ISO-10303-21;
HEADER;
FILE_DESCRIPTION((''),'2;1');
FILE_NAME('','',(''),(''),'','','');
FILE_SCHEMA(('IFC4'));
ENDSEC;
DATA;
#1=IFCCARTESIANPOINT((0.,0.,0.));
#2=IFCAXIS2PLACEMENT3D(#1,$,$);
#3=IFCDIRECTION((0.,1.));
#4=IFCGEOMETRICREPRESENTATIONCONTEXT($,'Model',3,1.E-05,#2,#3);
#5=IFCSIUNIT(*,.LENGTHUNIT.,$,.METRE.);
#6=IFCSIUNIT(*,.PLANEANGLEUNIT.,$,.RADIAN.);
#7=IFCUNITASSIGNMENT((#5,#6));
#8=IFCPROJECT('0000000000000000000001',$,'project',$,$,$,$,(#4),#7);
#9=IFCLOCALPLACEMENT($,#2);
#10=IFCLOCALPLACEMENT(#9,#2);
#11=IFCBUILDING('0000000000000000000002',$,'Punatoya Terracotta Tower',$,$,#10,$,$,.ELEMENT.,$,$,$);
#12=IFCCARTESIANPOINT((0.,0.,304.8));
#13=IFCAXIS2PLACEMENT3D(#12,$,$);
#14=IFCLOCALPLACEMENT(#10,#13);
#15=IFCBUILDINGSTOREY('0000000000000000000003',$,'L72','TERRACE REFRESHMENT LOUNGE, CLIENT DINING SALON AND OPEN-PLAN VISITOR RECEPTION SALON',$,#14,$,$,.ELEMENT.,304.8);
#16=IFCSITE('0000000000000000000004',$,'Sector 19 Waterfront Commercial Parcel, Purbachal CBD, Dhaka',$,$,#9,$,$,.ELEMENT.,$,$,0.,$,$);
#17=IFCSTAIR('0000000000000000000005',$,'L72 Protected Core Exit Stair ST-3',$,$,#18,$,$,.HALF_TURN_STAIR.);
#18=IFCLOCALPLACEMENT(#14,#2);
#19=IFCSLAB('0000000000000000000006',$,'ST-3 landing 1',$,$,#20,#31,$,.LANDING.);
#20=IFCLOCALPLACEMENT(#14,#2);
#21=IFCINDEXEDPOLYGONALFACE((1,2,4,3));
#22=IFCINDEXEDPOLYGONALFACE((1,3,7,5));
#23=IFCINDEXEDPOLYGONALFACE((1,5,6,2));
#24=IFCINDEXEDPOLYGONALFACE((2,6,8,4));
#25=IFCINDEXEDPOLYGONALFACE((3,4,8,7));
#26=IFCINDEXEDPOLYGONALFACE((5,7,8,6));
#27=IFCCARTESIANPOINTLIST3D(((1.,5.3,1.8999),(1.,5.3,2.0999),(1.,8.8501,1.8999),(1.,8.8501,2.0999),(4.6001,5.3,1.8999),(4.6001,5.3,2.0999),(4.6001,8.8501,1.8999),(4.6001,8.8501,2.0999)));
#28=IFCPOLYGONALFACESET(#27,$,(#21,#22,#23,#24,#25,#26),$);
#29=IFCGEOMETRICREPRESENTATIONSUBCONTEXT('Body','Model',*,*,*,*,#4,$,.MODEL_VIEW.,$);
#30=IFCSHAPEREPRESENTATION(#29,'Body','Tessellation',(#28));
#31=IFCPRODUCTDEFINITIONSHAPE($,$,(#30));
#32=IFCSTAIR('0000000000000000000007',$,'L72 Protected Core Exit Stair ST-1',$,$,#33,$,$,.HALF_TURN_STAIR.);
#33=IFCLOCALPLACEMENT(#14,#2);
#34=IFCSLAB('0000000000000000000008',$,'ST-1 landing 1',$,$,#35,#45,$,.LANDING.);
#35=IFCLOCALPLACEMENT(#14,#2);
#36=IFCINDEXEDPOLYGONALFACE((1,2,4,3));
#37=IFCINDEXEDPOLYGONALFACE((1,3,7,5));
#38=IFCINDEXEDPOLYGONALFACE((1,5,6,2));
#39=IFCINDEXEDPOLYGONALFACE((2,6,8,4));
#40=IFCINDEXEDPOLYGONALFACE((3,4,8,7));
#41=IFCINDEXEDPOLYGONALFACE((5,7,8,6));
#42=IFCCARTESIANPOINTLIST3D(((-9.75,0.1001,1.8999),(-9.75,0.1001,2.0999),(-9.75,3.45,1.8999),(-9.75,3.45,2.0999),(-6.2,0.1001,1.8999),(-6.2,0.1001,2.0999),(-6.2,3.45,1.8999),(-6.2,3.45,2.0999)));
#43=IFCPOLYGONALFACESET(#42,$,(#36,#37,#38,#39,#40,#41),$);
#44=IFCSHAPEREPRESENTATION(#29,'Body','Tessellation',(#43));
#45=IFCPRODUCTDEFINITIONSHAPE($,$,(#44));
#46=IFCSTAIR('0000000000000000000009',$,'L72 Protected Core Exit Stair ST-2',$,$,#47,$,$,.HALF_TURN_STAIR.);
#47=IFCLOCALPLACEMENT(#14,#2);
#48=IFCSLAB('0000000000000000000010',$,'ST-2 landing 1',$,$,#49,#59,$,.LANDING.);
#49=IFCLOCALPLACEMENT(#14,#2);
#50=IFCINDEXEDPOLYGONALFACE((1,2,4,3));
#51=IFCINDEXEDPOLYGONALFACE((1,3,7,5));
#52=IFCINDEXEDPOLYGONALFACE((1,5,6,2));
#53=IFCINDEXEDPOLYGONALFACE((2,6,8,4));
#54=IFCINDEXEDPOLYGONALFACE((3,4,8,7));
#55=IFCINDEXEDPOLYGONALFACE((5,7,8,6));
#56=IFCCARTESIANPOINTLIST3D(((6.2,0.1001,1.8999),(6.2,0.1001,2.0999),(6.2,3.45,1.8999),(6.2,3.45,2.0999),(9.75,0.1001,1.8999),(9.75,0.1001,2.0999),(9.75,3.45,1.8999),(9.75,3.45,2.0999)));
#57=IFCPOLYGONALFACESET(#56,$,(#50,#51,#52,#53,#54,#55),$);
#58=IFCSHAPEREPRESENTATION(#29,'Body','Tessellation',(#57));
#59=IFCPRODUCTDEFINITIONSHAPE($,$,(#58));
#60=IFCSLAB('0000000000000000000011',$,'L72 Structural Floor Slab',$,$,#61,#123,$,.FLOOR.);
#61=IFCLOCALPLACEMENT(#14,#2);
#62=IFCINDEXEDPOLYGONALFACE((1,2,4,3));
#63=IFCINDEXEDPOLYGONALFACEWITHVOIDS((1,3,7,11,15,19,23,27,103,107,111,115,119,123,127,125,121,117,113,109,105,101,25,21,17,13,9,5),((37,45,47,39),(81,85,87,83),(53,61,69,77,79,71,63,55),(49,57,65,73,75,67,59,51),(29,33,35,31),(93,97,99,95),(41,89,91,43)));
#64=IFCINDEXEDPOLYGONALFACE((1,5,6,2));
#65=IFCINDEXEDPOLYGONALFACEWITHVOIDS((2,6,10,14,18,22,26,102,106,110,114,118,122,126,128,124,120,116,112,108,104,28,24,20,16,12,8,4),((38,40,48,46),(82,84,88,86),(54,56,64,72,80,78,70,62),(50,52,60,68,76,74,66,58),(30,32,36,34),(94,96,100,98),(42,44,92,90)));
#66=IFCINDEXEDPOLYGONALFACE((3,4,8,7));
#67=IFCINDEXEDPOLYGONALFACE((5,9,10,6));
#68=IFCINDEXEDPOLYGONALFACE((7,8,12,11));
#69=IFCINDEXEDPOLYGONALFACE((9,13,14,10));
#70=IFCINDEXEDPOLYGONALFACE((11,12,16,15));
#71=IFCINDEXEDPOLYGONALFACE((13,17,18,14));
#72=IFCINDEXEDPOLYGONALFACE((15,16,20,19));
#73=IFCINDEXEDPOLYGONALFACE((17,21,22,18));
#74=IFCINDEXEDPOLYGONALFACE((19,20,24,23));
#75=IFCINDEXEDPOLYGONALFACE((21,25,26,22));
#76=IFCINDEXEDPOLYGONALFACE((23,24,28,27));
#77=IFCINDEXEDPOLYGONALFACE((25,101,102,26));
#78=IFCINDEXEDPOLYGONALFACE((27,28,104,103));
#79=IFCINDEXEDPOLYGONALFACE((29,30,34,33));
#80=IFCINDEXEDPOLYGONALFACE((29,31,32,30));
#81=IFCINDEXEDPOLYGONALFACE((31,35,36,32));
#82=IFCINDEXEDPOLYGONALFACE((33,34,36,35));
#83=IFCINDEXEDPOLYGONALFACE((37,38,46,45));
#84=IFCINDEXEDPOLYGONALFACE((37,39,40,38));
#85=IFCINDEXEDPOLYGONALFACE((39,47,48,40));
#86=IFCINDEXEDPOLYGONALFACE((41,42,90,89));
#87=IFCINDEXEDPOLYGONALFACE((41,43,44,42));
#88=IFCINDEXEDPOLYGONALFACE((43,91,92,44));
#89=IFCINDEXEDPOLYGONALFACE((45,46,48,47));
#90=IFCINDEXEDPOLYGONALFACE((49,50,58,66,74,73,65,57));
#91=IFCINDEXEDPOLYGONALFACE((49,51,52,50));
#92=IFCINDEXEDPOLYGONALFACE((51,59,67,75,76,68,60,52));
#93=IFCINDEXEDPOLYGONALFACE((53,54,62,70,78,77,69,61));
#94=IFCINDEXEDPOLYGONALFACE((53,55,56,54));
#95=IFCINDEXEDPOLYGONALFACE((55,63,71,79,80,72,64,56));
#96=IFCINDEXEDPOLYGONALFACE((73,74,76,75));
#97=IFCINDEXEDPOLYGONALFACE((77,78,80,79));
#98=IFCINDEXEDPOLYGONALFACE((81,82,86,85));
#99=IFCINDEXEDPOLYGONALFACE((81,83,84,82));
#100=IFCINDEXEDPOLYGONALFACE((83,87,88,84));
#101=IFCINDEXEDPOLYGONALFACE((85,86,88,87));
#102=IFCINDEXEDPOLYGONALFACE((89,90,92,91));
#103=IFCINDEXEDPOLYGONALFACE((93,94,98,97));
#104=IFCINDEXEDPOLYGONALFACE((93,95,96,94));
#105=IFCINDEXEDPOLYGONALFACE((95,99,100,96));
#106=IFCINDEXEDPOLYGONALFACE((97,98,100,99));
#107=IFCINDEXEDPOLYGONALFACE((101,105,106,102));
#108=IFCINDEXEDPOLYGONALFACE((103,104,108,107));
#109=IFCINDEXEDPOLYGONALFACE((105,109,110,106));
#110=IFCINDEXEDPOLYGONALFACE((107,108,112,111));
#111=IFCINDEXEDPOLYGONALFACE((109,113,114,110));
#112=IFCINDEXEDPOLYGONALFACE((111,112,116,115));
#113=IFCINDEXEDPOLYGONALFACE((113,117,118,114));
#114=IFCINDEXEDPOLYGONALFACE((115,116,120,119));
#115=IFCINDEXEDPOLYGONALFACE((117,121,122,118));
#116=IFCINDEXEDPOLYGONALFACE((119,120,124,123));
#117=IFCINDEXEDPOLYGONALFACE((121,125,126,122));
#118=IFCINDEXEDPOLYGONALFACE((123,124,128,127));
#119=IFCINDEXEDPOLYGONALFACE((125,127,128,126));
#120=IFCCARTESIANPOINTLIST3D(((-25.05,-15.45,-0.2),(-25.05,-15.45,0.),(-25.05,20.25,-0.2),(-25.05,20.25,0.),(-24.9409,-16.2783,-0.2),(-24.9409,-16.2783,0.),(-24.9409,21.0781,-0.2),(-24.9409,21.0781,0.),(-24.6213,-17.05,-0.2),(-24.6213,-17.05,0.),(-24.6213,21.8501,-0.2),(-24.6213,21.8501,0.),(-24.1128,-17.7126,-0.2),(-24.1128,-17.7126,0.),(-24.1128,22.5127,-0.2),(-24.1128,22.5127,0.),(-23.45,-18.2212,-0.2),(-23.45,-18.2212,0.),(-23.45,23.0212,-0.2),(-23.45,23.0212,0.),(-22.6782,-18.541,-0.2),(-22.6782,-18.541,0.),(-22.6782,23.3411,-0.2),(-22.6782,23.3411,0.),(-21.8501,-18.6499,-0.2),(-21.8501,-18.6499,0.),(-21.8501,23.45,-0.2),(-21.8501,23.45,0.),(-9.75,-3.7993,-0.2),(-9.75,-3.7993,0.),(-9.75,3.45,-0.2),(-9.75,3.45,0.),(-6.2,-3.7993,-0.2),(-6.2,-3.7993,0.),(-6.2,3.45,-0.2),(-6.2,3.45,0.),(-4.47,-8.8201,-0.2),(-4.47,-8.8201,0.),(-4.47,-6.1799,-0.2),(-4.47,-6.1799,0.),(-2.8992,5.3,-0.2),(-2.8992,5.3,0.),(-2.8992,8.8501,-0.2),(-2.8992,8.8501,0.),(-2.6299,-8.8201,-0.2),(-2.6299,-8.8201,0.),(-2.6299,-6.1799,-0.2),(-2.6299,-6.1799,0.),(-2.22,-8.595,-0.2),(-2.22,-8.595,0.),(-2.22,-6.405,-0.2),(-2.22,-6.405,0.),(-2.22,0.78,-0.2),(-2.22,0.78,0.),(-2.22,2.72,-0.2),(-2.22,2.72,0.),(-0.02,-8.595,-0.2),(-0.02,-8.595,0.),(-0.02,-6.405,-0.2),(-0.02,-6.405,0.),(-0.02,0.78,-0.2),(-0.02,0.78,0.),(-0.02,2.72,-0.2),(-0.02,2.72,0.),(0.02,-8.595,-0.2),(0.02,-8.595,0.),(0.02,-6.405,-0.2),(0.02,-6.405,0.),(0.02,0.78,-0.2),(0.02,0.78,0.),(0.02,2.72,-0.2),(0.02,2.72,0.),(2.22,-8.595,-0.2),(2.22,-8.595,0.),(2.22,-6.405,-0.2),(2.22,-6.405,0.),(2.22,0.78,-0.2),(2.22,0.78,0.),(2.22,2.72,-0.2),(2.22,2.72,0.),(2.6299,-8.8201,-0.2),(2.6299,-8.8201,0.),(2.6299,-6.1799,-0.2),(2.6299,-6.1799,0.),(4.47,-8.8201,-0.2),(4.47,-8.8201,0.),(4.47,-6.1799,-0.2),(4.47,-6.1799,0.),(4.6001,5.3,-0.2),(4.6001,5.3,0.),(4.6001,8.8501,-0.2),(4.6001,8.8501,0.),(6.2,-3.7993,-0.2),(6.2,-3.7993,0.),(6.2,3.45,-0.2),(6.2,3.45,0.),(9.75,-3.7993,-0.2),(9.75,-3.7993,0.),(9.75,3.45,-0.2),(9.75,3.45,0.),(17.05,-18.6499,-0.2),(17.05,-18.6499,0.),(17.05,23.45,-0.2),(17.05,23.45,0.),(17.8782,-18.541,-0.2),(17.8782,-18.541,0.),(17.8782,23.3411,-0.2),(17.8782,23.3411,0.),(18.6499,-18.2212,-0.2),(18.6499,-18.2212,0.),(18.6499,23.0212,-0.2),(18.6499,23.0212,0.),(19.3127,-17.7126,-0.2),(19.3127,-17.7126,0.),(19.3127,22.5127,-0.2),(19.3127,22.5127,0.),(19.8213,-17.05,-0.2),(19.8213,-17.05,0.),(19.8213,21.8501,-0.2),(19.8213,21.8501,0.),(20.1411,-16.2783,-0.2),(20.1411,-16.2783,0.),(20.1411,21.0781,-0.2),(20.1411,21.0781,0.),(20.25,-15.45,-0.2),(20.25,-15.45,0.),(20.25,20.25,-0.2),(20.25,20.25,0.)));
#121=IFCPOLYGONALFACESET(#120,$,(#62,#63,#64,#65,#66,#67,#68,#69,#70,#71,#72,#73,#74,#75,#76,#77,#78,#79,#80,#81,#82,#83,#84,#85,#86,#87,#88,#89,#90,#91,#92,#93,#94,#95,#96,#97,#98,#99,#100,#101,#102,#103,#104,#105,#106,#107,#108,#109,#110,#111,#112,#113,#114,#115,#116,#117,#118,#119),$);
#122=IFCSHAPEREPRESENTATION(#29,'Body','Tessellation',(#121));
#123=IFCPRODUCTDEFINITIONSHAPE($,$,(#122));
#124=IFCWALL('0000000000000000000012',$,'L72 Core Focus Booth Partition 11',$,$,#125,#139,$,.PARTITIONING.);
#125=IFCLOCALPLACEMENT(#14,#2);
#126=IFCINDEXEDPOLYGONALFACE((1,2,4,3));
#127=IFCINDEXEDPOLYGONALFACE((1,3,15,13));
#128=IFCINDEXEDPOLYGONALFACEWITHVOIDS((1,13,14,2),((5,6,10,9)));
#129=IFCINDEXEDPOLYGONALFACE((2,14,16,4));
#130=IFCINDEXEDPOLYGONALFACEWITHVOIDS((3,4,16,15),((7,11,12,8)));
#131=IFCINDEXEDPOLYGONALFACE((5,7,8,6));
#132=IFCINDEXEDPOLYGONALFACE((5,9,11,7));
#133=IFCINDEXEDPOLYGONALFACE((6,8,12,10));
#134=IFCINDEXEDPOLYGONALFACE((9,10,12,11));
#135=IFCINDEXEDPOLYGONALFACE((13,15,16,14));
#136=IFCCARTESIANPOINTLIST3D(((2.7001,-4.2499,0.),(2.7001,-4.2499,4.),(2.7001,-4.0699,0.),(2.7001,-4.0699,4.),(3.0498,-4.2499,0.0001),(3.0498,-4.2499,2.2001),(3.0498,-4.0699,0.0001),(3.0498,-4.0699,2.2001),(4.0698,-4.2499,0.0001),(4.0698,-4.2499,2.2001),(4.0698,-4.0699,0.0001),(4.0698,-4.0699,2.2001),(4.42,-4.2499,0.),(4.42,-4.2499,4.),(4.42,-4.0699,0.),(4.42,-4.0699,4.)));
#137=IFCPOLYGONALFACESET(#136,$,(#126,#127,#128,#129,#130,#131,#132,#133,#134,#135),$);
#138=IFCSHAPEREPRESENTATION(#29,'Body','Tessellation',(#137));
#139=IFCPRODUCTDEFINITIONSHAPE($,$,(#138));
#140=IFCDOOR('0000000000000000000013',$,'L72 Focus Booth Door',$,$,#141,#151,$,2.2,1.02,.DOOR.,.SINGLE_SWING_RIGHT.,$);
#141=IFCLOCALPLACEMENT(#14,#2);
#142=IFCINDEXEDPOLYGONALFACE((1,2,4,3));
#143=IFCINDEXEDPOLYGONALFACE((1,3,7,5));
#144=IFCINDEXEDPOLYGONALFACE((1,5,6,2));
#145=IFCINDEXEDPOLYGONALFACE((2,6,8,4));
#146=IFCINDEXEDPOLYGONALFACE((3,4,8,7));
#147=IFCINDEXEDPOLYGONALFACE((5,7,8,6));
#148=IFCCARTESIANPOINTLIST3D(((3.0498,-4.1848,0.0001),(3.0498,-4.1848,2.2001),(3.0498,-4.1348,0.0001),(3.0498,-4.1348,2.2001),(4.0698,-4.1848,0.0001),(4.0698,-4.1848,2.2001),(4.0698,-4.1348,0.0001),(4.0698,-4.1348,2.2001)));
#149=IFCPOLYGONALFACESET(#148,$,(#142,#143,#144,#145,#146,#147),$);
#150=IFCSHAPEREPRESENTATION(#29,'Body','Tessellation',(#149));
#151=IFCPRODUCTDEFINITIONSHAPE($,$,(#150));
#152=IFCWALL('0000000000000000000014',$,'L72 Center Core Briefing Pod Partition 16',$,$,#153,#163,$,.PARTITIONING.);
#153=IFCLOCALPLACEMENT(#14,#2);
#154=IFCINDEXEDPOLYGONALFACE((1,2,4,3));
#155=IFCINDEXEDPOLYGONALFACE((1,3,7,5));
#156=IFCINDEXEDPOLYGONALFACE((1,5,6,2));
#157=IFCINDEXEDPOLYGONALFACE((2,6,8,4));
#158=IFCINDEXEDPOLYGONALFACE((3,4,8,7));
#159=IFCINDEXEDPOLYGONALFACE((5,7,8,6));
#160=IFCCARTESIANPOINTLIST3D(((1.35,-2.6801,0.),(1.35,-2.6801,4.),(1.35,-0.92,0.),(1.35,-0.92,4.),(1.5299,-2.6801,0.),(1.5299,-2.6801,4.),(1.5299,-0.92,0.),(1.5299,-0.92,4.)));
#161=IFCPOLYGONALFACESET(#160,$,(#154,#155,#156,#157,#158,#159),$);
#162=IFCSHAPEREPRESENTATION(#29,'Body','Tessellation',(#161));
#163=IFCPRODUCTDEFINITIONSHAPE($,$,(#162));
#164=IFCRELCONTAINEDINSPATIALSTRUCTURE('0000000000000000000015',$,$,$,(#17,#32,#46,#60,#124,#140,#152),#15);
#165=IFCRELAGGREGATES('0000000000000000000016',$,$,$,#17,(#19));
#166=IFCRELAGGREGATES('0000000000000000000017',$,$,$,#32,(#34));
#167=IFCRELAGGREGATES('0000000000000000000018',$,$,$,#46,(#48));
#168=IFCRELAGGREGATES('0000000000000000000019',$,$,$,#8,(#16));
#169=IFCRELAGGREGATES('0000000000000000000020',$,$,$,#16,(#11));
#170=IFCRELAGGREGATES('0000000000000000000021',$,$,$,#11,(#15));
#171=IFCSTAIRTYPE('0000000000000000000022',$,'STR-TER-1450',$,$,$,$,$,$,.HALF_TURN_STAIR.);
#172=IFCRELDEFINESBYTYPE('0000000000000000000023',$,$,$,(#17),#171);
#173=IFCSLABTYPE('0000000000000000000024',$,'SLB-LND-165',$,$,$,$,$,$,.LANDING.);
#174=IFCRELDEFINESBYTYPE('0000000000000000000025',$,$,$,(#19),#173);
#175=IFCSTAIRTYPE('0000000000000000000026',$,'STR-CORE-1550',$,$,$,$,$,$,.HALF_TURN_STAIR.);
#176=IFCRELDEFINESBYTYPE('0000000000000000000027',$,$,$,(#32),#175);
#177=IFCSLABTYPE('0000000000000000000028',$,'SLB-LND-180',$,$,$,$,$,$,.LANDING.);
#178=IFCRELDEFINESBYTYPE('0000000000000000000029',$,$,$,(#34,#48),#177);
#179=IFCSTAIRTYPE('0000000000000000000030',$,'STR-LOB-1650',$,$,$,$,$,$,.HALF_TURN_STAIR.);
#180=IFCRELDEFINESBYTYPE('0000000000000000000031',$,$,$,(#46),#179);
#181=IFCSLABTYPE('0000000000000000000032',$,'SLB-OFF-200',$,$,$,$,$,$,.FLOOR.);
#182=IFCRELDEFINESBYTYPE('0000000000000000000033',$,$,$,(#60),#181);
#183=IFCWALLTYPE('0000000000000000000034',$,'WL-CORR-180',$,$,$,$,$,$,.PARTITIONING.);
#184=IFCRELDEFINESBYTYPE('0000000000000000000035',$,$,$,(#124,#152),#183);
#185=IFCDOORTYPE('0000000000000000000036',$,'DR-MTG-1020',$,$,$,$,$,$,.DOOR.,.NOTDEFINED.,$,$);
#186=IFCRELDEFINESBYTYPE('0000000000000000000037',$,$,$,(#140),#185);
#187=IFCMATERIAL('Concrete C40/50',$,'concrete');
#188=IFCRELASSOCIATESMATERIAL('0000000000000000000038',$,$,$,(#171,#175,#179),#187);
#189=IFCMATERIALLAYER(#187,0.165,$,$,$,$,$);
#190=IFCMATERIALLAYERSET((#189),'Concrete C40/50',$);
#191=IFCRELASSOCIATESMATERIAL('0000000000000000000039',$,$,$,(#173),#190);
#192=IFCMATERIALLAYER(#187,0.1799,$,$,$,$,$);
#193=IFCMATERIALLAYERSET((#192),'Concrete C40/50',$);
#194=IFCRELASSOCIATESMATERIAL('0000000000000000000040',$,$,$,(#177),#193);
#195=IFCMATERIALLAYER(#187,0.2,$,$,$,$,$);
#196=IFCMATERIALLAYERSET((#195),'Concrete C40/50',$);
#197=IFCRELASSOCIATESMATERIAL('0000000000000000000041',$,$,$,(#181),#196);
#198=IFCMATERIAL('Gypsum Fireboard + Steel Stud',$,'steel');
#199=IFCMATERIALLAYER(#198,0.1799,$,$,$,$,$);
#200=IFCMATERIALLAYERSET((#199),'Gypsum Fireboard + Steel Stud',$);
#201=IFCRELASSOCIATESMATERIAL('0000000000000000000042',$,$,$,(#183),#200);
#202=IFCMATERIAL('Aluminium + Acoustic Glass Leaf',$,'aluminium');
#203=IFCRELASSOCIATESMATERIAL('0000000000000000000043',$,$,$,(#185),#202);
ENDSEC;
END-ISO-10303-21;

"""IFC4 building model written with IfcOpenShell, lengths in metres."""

from ifc_helpers import new_model, si_unit, direction, frame, frame_2d, origin, place, context, subcontext, project, spatial, polyline, rectangle, outline, extrude, material, layer, layer_set, type_object, element, fill, aggregate, save


model = new_model("IFC4")

# Units and contexts
model_context = context("Model", 3, precision=1e-05, world=origin(), true_north=direction((0.0, 1.0)))
body_context = subcontext(model_context, "Body", "Model", "MODEL_VIEW")
ifc_project = project(units=[si_unit("LENGTHUNIT", "METRE"), si_unit("PLANEANGLEUNIT", "RADIAN")], contexts=[model_context])

# Site, building, storey
site_placement = place(None, origin())
site = spatial("IfcSite", under=ifc_project, at=site_placement, Name="Sector 19 Waterfront Commercial Parcel, Purbachal CBD, Dhaka", CompositionType="ELEMENT", RefElevation=0.0)
building_placement = place(site_placement, origin())
building = spatial("IfcBuilding", under=site, at=building_placement, Name="Punatoya Terracotta Tower", CompositionType="ELEMENT")
storey_placement = place(building_placement, frame((0.0, 0.0, 304.8)))
storey = spatial("IfcBuildingStorey", under=building, at=storey_placement, Name="L72", Description="TERRACE REFRESHMENT LOUNGE, CLIENT DINING SALON AND OPEN-PLAN VISITOR RECEPTION SALON", CompositionType="ELEMENT", Elevation=304.8)

# Stairs, slabs
ifc_material_1 = material(Name="Concrete C40/50", Category="concrete")
stair_type_1 = type_object("IfcStairType", Name="STR-TER-1450", PredefinedType="HALF_TURN_STAIR", material=ifc_material_1)
stair_1_placement = place(storey_placement, origin())
stair_1 = element("IfcStair", 1, at=stair_1_placement, inside=storey, type_object=stair_type_1, Name="L72 Protected Core Exit Stair ST-3", PredefinedType="HALF_TURN_STAIR")
ifc_layer_1 = layer(ifc_material_1, 0.165)
ifc_layer_set_1 = layer_set([ifc_layer_1], Name="Concrete C40/50")
slab_type_1 = type_object("IfcSlabType", Name="SLB-LND-165", PredefinedType="LANDING", material=ifc_layer_set_1)
slab_1_placement = place(storey_placement, frame((0.0, 0.0, 1.8999)))
slab_1 = element("IfcSlab", 2, at=slab_1_placement, type_object=slab_type_1, Name="ST-3 landing 1", PredefinedType="LANDING", context=body_context, shape_type="SweptSolid", body=[
    extrude(outline(polyline([(1.0, 5.3), (4.6001, 5.3), (4.6001, 8.8501), (1.0, 8.8501), (1.0, 5.3)])), origin(), (0.0, 0.0, 1.0), 0.2),
])
aggregate(stair_1, [slab_1])
stair_type_2 = type_object("IfcStairType", Name="STR-CORE-1550", PredefinedType="HALF_TURN_STAIR", material=ifc_material_1)
stair_2_placement = place(storey_placement, origin())
stair_2 = element("IfcStair", 3, at=stair_2_placement, inside=storey, type_object=stair_type_2, Name="L72 Protected Core Exit Stair ST-1", PredefinedType="HALF_TURN_STAIR")
ifc_layer_2 = layer(ifc_material_1, 0.1799)
ifc_layer_set_2 = layer_set([ifc_layer_2], Name="Concrete C40/50")
slab_type_2 = type_object("IfcSlabType", Name="SLB-LND-180", PredefinedType="LANDING", material=ifc_layer_set_2)
slab_2_placement = place(storey_placement, frame((0.0, 0.0, 1.8999)))
slab_2 = element("IfcSlab", 4, at=slab_2_placement, type_object=slab_type_2, Name="ST-1 landing 1", PredefinedType="LANDING", context=body_context, shape_type="SweptSolid", body=[
    extrude(outline(polyline([(-6.2, 0.1001), (-6.2, 3.45), (-9.75, 3.45), (-9.75, 0.1001), (-6.2, 0.1001)])), origin(), (0.0, 0.0, 1.0), 0.2),
])
aggregate(stair_2, [slab_2])
stair_type_3 = type_object("IfcStairType", Name="STR-LOB-1650", PredefinedType="HALF_TURN_STAIR", material=ifc_material_1)
stair_3_placement = place(storey_placement, origin())
stair_3 = element("IfcStair", 5, at=stair_3_placement, inside=storey, type_object=stair_type_3, Name="L72 Protected Core Exit Stair ST-2", PredefinedType="HALF_TURN_STAIR")
slab_3_placement = place(storey_placement, frame((0.0, 0.0, 1.8999)))
slab_3 = element("IfcSlab", 6, at=slab_3_placement, type_object=slab_type_2, Name="ST-2 landing 1", PredefinedType="LANDING", context=body_context, shape_type="SweptSolid", body=[
    extrude(outline(polyline([(9.75, 0.1001), (9.75, 3.45), (6.2, 3.45), (6.2, 0.1001), (9.75, 0.1001)])), origin(), (0.0, 0.0, 1.0), 0.2),
])

# Slab
ifc_layer_3 = layer(ifc_material_1, 0.2)
ifc_layer_set_3 = layer_set([ifc_layer_3], Name="Concrete C40/50")
slab_type_3 = type_object("IfcSlabType", Name="SLB-OFF-200", PredefinedType="FLOOR", material=ifc_layer_set_3)
slab_4_placement = place(storey_placement, frame((0.0, 0.0, -0.2)))
element("IfcSlab", 7, at=slab_4_placement, inside=storey, type_object=slab_type_3, Name="L72 Structural Floor Slab", PredefinedType="FLOOR", context=body_context, shape_type="SweptSolid", body=[
    extrude(outline(polyline([(-21.8501, -18.6499), (-22.6782, -18.541), (-23.45, -18.2212), (-24.1128, -17.7126), (-24.6213, -17.05), (-24.9409, -16.2783), (-25.05, -15.45), (-25.05, 20.25), (-24.9409, 21.0781), (-24.6213, 21.8501), (-24.1128, 22.5127), (-23.45, 23.0212), (-22.6782, 23.3411), (-21.8501, 23.45), (17.05, 23.45), (17.8782, 23.3411), (18.6499, 23.0212), (19.3127, 22.5127), (19.8213, 21.8501), (20.1411, 21.0781), (20.25, 20.25), (20.25, -15.45), (20.1411, -16.2783), (19.8213, -17.05), (19.3127, -17.7126), (18.6499, -18.2212), (17.8782, -18.541), (17.05, -18.6499), (-21.8501, -18.6499)]), holes=[polyline([(-2.6299, -6.1799), (-4.47, -6.1799), (-4.47, -8.8201), (-2.6299, -8.8201), (-2.6299, -6.1799)]), polyline([(-0.02, -6.405), (-2.22, -6.405), (-2.22, -8.595), (-0.02, -8.595), (0.02, -8.595), (2.22, -8.595), (2.22, -6.405), (0.02, -6.405), (-0.02, -6.405)]), polyline([(4.47, -6.1799), (2.6299, -6.1799), (2.6299, -8.8201), (4.47, -8.8201), (4.47, -6.1799)]), polyline([(-9.75, 3.45), (-9.75, -3.7993), (-6.2, -3.7993), (-6.2, 3.45), (-9.75, 3.45)]), polyline([(6.2, 3.45), (6.2, -3.7993), (9.75, -3.7993), (9.75, 3.45), (6.2, 3.45)]), polyline([(-2.22, 2.72), (-2.22, 0.78), (-0.02, 0.78), (0.02, 0.78), (2.22, 0.78), (2.22, 2.72), (0.02, 2.72), (-0.02, 2.72), (-2.22, 2.72)]), polyline([(4.6001, 5.3), (4.6001, 8.8501), (-2.8992, 8.8501), (-2.8992, 5.3), (4.6001, 5.3)])]), origin(), (0.0, 0.0, 1.0), 0.2),
])

# Wall, opening, door
ifc_material_2 = material(Name="Gypsum Fireboard + Steel Stud", Category="steel")
ifc_layer_4 = layer(ifc_material_2, 0.1799)
ifc_layer_set_4 = layer_set([ifc_layer_4], Name="Gypsum Fireboard + Steel Stud")
wall_type_1 = type_object("IfcWallType", Name="WL-CORR-180", PredefinedType="PARTITIONING", material=ifc_layer_set_4)
wall_1_placement = place(storey_placement, frame((4.4199, -4.1599, 0.0), z_axis=(0.0, 0.0, 1.0), x_axis=(-1.0, 0.0, 0.0)))
wall_1 = element("IfcWall", 8, at=wall_1_placement, inside=storey, type_object=wall_type_1, Name="L72 Core Focus Booth Partition 11", PredefinedType="PARTITIONING", context=body_context, shape_type="SweptSolid", body=[
    extrude(rectangle(XDim=1.72, YDim=0.1799, at=frame_2d((0.8599, 0.0))), origin(), (0.0, 0.0, 1.0), 4.0),
])
opening_1_placement = place(wall_1_placement, frame((0.3501, 0.0, 0.0)))
opening_1 = element("IfcOpeningElement", 9, at=opening_1_placement, cuts=wall_1, PredefinedType="OPENING", context=body_context, shape_type="SweptSolid", body=[
    extrude(rectangle(XDim=1.02, YDim=2.2, at=frame_2d((0.51, 1.1001))), frame((0.0, 0.0999, 0.0), z_axis=(0.0, -1.0, 0.0), x_axis=(1.0, 0.0, 0.0)), (0.0, 0.0, 1.0), 0.2),
])
ifc_material_3 = material(Name="Aluminium + Acoustic Glass Leaf", Category="aluminium")
door_type_1 = type_object("IfcDoorType", Name="DR-MTG-1020", OperationType="NOTDEFINED", PredefinedType="DOOR", material=ifc_material_3)
door_1_placement = place(opening_1_placement, origin())
door_1 = element("IfcDoor", 10, at=door_1_placement, inside=storey, type_object=door_type_1, Name="L72 Focus Booth Door", OperationType="SINGLE_SWING_RIGHT", OverallHeight=2.2, OverallWidth=1.02, PredefinedType="DOOR", context=body_context, shape_type="SweptSolid", body=[
    extrude(rectangle(XDim=1.02, YDim=2.2, at=frame_2d((0.51, 1.1001))), frame((0.0, 0.0249, 0.0), z_axis=(0.0, -1.0, 0.0), x_axis=(1.0, 0.0, 0.0)), (0.0, 0.0, 1.0), 0.05),
])
fill(opening_1, door_1)

# Wall
wall_2_placement = place(storey_placement, frame((1.4399, -2.6799, 0.0), z_axis=(0.0, 0.0, 1.0), x_axis=(0.0, 1.0, 0.0)))
element("IfcWall", 11, at=wall_2_placement, inside=storey, type_object=wall_type_1, Name="L72 Center Core Briefing Pod Partition 16", PredefinedType="PARTITIONING", context=body_context, shape_type="SweptSolid", body=[
    extrude(rectangle(XDim=1.76, YDim=0.1799, at=frame_2d((0.8799, 0.0))), origin(), (0.0, 0.0, 1.0), 4.0),
])

aggregate(stair_3, [slab_3])

save(model, "model.ifc")
